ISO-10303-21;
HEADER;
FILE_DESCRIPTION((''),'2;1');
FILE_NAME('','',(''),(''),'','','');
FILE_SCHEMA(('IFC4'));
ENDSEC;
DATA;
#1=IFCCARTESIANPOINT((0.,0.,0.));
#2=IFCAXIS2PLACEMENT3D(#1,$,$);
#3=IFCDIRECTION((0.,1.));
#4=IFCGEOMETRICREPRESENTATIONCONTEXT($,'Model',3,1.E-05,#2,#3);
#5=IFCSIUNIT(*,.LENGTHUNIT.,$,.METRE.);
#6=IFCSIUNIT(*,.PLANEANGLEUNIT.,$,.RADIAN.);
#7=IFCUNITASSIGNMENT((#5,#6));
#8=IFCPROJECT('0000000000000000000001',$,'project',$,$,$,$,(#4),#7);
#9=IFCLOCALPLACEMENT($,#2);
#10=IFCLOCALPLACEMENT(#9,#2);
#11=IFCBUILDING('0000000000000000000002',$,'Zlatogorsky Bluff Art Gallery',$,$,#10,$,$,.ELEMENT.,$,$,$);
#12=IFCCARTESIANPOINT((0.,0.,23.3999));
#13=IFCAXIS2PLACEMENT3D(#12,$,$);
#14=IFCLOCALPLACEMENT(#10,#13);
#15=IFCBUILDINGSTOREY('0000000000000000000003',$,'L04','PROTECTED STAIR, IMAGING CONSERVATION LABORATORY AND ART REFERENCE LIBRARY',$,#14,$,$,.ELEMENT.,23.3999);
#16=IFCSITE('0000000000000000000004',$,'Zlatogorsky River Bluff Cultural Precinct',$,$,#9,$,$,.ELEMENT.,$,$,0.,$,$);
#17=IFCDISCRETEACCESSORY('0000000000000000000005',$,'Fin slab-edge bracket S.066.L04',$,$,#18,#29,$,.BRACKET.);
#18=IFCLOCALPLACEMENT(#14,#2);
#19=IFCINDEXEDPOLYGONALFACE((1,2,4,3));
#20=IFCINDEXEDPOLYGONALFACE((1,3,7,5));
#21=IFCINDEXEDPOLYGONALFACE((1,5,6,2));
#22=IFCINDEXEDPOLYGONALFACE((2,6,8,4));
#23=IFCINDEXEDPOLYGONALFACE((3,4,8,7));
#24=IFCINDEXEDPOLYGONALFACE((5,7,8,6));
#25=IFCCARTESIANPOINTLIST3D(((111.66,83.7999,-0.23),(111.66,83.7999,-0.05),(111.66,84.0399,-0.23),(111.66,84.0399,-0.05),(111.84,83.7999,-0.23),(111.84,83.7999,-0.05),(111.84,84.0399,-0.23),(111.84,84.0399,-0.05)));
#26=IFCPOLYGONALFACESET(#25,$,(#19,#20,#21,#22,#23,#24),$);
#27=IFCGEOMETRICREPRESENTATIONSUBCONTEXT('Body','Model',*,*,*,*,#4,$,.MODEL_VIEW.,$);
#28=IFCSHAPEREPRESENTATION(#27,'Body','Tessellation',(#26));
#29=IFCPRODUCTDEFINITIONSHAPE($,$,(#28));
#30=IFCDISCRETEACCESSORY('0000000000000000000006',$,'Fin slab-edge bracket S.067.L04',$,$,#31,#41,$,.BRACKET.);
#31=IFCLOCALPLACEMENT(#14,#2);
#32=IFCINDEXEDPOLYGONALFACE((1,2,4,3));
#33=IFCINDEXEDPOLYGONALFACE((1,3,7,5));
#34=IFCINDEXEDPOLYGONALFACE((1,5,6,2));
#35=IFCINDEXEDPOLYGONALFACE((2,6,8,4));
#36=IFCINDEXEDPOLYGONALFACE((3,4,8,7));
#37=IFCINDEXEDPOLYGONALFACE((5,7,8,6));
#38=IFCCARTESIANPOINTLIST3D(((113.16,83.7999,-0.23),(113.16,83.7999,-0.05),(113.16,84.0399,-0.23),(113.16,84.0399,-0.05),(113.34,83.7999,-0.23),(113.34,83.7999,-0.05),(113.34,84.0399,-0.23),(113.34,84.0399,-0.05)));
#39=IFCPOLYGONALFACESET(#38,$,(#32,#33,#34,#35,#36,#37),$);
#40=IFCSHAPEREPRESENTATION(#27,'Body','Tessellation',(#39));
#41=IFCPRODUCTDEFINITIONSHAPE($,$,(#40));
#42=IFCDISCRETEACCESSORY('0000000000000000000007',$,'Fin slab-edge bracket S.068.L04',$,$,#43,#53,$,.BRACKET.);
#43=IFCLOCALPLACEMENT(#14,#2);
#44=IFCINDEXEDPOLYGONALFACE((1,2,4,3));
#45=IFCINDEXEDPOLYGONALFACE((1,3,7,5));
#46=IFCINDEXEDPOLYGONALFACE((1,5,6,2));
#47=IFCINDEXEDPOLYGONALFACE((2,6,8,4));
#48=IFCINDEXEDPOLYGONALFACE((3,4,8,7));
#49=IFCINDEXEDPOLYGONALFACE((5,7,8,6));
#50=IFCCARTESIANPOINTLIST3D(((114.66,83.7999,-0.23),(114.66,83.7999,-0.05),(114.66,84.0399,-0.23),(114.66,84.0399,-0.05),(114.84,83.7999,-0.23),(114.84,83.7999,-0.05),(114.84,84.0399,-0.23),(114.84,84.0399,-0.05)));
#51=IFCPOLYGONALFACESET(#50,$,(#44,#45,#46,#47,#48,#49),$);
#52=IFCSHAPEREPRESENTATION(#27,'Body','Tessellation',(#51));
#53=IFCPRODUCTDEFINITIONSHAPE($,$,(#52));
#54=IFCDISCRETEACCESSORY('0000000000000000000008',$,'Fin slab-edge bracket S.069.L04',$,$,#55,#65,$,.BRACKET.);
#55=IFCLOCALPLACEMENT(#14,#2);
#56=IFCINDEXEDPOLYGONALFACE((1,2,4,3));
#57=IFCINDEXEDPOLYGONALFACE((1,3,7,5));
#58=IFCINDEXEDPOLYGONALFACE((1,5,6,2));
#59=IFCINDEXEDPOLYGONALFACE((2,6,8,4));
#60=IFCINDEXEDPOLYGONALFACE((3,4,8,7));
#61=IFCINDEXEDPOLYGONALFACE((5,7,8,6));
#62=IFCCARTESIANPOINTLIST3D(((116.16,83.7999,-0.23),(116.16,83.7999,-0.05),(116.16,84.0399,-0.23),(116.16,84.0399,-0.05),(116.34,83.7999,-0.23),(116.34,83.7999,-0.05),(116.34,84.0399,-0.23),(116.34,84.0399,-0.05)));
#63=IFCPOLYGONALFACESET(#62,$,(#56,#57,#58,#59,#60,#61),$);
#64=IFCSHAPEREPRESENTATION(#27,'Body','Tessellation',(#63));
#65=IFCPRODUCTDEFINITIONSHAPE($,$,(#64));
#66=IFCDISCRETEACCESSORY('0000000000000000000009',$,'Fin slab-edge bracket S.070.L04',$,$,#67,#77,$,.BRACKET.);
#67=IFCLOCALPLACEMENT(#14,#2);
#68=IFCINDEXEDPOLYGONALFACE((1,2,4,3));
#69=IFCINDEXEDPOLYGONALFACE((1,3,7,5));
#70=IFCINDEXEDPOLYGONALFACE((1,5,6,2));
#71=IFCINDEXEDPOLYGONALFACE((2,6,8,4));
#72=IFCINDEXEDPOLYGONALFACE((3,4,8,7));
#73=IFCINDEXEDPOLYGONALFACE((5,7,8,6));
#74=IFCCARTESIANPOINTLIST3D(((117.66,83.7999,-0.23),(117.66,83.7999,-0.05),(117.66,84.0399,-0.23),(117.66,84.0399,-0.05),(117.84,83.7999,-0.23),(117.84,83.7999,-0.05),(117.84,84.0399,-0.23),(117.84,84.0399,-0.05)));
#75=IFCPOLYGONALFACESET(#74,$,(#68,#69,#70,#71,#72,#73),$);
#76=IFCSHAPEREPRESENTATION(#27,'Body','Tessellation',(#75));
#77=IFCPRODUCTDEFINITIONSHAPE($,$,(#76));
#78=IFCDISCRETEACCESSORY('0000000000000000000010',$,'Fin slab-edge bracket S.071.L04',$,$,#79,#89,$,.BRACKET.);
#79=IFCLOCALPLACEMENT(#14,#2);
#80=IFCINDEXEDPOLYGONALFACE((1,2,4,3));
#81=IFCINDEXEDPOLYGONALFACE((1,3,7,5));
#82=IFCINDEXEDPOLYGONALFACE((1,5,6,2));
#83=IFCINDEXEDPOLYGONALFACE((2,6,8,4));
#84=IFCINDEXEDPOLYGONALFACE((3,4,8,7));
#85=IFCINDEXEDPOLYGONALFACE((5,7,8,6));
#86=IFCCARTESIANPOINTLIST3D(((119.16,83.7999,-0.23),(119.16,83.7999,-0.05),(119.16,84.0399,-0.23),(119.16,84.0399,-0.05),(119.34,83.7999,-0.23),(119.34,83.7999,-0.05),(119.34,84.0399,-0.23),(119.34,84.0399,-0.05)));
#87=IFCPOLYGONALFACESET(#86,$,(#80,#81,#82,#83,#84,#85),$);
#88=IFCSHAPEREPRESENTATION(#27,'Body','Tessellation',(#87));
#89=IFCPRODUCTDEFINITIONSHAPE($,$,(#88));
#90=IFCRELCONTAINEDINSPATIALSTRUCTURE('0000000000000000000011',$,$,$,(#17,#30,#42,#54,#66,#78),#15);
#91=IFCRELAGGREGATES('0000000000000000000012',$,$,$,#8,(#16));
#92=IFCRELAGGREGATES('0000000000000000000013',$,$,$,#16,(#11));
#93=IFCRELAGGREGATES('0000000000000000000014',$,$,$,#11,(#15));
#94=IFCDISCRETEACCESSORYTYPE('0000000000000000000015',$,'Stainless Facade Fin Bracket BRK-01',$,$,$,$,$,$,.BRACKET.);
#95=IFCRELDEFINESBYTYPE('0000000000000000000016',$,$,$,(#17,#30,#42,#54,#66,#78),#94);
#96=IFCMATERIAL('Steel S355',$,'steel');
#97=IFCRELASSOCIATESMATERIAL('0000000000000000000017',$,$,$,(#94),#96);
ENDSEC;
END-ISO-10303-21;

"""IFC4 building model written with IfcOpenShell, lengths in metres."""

from ifc_helpers import new_model, si_unit, direction, frame, origin, origin_2d, place, context, subcontext, project, spatial, rectangle, extrude, material, type_object, element, save


model = new_model("IFC4")

# Units and contexts
model_context = context("Model", 3, precision=1e-05, world=origin(), true_north=direction((0.0, 1.0)))
body_context = subcontext(model_context, "Body", "Model", "MODEL_VIEW")
ifc_project = project(units=[si_unit("LENGTHUNIT", "METRE"), si_unit("PLANEANGLEUNIT", "RADIAN")], contexts=[model_context])

# Site, building, storey
site_placement = place(None, origin())
site = spatial("IfcSite", under=ifc_project, at=site_placement, Name="Zlatogorsky River Bluff Cultural Precinct", CompositionType="ELEMENT", RefElevation=0.0)
building_placement = place(site_placement, origin())
building = spatial("IfcBuilding", under=site, at=building_placement, Name="Zlatogorsky Bluff Art Gallery", CompositionType="ELEMENT")
storey_placement = place(building_placement, frame((0.0, 0.0, 23.3999)))
storey = spatial("IfcBuildingStorey", under=building, at=storey_placement, Name="L04", Description="PROTECTED STAIR, IMAGING CONSERVATION LABORATORY AND ART REFERENCE LIBRARY", CompositionType="ELEMENT", Elevation=23.3999)

# Shared definitions
ifc_material_1 = material(Name="Steel S355", Category="steel")

# Discrete accessories
discrete_accessory_type = type_object("IfcDiscreteAccessoryType", Name="Stainless Facade Fin Bracket BRK-01", PredefinedType="BRACKET", material=ifc_material_1)
for number, where, z_axis, x_axis, name in (
    (1, (111.75, 83.9199, -0.23), (0.0, 0.0, 1.0), (1.0, 0.0, 0.0), "Fin slab-edge bracket S.066.L04"),
    (2, (113.25, 83.9199, -0.23), (0.0, 0.0, 1.0), (1.0, 0.0, 0.0), "Fin slab-edge bracket S.067.L04"),
    (3, (114.75, 83.9199, -0.23), (0.0, 0.0, 1.0), (1.0, 0.0, 0.0), "Fin slab-edge bracket S.068.L04"),
    (4, (116.25, 83.9199, -0.23), (0.0, 0.0, 1.0), (1.0, 0.0, 0.0), "Fin slab-edge bracket S.069.L04"),
    (5, (117.75, 83.9199, -0.23), (0.0, 0.0, 1.0), (1.0, 0.0, 0.0), "Fin slab-edge bracket S.070.L04"),
    (6, (119.25, 83.9199, -0.23), (0.0, 0.0, 1.0), (1.0, 0.0, 0.0), "Fin slab-edge bracket S.071.L04"),
):
    element("IfcDiscreteAccessory", number, at=place(storey_placement, frame(where, z_axis=z_axis, x_axis=x_axis)), inside=storey, type_object=discrete_accessory_type, Name=name, PredefinedType="BRACKET", context=body_context, shape_type="SweptSolid", body=[
        extrude(rectangle(XDim=0.1799, YDim=0.24, at=origin_2d()), origin(), (0.0, 0.0, 1.0), 0.1799),
    ])

save(model, "model.ifc")
